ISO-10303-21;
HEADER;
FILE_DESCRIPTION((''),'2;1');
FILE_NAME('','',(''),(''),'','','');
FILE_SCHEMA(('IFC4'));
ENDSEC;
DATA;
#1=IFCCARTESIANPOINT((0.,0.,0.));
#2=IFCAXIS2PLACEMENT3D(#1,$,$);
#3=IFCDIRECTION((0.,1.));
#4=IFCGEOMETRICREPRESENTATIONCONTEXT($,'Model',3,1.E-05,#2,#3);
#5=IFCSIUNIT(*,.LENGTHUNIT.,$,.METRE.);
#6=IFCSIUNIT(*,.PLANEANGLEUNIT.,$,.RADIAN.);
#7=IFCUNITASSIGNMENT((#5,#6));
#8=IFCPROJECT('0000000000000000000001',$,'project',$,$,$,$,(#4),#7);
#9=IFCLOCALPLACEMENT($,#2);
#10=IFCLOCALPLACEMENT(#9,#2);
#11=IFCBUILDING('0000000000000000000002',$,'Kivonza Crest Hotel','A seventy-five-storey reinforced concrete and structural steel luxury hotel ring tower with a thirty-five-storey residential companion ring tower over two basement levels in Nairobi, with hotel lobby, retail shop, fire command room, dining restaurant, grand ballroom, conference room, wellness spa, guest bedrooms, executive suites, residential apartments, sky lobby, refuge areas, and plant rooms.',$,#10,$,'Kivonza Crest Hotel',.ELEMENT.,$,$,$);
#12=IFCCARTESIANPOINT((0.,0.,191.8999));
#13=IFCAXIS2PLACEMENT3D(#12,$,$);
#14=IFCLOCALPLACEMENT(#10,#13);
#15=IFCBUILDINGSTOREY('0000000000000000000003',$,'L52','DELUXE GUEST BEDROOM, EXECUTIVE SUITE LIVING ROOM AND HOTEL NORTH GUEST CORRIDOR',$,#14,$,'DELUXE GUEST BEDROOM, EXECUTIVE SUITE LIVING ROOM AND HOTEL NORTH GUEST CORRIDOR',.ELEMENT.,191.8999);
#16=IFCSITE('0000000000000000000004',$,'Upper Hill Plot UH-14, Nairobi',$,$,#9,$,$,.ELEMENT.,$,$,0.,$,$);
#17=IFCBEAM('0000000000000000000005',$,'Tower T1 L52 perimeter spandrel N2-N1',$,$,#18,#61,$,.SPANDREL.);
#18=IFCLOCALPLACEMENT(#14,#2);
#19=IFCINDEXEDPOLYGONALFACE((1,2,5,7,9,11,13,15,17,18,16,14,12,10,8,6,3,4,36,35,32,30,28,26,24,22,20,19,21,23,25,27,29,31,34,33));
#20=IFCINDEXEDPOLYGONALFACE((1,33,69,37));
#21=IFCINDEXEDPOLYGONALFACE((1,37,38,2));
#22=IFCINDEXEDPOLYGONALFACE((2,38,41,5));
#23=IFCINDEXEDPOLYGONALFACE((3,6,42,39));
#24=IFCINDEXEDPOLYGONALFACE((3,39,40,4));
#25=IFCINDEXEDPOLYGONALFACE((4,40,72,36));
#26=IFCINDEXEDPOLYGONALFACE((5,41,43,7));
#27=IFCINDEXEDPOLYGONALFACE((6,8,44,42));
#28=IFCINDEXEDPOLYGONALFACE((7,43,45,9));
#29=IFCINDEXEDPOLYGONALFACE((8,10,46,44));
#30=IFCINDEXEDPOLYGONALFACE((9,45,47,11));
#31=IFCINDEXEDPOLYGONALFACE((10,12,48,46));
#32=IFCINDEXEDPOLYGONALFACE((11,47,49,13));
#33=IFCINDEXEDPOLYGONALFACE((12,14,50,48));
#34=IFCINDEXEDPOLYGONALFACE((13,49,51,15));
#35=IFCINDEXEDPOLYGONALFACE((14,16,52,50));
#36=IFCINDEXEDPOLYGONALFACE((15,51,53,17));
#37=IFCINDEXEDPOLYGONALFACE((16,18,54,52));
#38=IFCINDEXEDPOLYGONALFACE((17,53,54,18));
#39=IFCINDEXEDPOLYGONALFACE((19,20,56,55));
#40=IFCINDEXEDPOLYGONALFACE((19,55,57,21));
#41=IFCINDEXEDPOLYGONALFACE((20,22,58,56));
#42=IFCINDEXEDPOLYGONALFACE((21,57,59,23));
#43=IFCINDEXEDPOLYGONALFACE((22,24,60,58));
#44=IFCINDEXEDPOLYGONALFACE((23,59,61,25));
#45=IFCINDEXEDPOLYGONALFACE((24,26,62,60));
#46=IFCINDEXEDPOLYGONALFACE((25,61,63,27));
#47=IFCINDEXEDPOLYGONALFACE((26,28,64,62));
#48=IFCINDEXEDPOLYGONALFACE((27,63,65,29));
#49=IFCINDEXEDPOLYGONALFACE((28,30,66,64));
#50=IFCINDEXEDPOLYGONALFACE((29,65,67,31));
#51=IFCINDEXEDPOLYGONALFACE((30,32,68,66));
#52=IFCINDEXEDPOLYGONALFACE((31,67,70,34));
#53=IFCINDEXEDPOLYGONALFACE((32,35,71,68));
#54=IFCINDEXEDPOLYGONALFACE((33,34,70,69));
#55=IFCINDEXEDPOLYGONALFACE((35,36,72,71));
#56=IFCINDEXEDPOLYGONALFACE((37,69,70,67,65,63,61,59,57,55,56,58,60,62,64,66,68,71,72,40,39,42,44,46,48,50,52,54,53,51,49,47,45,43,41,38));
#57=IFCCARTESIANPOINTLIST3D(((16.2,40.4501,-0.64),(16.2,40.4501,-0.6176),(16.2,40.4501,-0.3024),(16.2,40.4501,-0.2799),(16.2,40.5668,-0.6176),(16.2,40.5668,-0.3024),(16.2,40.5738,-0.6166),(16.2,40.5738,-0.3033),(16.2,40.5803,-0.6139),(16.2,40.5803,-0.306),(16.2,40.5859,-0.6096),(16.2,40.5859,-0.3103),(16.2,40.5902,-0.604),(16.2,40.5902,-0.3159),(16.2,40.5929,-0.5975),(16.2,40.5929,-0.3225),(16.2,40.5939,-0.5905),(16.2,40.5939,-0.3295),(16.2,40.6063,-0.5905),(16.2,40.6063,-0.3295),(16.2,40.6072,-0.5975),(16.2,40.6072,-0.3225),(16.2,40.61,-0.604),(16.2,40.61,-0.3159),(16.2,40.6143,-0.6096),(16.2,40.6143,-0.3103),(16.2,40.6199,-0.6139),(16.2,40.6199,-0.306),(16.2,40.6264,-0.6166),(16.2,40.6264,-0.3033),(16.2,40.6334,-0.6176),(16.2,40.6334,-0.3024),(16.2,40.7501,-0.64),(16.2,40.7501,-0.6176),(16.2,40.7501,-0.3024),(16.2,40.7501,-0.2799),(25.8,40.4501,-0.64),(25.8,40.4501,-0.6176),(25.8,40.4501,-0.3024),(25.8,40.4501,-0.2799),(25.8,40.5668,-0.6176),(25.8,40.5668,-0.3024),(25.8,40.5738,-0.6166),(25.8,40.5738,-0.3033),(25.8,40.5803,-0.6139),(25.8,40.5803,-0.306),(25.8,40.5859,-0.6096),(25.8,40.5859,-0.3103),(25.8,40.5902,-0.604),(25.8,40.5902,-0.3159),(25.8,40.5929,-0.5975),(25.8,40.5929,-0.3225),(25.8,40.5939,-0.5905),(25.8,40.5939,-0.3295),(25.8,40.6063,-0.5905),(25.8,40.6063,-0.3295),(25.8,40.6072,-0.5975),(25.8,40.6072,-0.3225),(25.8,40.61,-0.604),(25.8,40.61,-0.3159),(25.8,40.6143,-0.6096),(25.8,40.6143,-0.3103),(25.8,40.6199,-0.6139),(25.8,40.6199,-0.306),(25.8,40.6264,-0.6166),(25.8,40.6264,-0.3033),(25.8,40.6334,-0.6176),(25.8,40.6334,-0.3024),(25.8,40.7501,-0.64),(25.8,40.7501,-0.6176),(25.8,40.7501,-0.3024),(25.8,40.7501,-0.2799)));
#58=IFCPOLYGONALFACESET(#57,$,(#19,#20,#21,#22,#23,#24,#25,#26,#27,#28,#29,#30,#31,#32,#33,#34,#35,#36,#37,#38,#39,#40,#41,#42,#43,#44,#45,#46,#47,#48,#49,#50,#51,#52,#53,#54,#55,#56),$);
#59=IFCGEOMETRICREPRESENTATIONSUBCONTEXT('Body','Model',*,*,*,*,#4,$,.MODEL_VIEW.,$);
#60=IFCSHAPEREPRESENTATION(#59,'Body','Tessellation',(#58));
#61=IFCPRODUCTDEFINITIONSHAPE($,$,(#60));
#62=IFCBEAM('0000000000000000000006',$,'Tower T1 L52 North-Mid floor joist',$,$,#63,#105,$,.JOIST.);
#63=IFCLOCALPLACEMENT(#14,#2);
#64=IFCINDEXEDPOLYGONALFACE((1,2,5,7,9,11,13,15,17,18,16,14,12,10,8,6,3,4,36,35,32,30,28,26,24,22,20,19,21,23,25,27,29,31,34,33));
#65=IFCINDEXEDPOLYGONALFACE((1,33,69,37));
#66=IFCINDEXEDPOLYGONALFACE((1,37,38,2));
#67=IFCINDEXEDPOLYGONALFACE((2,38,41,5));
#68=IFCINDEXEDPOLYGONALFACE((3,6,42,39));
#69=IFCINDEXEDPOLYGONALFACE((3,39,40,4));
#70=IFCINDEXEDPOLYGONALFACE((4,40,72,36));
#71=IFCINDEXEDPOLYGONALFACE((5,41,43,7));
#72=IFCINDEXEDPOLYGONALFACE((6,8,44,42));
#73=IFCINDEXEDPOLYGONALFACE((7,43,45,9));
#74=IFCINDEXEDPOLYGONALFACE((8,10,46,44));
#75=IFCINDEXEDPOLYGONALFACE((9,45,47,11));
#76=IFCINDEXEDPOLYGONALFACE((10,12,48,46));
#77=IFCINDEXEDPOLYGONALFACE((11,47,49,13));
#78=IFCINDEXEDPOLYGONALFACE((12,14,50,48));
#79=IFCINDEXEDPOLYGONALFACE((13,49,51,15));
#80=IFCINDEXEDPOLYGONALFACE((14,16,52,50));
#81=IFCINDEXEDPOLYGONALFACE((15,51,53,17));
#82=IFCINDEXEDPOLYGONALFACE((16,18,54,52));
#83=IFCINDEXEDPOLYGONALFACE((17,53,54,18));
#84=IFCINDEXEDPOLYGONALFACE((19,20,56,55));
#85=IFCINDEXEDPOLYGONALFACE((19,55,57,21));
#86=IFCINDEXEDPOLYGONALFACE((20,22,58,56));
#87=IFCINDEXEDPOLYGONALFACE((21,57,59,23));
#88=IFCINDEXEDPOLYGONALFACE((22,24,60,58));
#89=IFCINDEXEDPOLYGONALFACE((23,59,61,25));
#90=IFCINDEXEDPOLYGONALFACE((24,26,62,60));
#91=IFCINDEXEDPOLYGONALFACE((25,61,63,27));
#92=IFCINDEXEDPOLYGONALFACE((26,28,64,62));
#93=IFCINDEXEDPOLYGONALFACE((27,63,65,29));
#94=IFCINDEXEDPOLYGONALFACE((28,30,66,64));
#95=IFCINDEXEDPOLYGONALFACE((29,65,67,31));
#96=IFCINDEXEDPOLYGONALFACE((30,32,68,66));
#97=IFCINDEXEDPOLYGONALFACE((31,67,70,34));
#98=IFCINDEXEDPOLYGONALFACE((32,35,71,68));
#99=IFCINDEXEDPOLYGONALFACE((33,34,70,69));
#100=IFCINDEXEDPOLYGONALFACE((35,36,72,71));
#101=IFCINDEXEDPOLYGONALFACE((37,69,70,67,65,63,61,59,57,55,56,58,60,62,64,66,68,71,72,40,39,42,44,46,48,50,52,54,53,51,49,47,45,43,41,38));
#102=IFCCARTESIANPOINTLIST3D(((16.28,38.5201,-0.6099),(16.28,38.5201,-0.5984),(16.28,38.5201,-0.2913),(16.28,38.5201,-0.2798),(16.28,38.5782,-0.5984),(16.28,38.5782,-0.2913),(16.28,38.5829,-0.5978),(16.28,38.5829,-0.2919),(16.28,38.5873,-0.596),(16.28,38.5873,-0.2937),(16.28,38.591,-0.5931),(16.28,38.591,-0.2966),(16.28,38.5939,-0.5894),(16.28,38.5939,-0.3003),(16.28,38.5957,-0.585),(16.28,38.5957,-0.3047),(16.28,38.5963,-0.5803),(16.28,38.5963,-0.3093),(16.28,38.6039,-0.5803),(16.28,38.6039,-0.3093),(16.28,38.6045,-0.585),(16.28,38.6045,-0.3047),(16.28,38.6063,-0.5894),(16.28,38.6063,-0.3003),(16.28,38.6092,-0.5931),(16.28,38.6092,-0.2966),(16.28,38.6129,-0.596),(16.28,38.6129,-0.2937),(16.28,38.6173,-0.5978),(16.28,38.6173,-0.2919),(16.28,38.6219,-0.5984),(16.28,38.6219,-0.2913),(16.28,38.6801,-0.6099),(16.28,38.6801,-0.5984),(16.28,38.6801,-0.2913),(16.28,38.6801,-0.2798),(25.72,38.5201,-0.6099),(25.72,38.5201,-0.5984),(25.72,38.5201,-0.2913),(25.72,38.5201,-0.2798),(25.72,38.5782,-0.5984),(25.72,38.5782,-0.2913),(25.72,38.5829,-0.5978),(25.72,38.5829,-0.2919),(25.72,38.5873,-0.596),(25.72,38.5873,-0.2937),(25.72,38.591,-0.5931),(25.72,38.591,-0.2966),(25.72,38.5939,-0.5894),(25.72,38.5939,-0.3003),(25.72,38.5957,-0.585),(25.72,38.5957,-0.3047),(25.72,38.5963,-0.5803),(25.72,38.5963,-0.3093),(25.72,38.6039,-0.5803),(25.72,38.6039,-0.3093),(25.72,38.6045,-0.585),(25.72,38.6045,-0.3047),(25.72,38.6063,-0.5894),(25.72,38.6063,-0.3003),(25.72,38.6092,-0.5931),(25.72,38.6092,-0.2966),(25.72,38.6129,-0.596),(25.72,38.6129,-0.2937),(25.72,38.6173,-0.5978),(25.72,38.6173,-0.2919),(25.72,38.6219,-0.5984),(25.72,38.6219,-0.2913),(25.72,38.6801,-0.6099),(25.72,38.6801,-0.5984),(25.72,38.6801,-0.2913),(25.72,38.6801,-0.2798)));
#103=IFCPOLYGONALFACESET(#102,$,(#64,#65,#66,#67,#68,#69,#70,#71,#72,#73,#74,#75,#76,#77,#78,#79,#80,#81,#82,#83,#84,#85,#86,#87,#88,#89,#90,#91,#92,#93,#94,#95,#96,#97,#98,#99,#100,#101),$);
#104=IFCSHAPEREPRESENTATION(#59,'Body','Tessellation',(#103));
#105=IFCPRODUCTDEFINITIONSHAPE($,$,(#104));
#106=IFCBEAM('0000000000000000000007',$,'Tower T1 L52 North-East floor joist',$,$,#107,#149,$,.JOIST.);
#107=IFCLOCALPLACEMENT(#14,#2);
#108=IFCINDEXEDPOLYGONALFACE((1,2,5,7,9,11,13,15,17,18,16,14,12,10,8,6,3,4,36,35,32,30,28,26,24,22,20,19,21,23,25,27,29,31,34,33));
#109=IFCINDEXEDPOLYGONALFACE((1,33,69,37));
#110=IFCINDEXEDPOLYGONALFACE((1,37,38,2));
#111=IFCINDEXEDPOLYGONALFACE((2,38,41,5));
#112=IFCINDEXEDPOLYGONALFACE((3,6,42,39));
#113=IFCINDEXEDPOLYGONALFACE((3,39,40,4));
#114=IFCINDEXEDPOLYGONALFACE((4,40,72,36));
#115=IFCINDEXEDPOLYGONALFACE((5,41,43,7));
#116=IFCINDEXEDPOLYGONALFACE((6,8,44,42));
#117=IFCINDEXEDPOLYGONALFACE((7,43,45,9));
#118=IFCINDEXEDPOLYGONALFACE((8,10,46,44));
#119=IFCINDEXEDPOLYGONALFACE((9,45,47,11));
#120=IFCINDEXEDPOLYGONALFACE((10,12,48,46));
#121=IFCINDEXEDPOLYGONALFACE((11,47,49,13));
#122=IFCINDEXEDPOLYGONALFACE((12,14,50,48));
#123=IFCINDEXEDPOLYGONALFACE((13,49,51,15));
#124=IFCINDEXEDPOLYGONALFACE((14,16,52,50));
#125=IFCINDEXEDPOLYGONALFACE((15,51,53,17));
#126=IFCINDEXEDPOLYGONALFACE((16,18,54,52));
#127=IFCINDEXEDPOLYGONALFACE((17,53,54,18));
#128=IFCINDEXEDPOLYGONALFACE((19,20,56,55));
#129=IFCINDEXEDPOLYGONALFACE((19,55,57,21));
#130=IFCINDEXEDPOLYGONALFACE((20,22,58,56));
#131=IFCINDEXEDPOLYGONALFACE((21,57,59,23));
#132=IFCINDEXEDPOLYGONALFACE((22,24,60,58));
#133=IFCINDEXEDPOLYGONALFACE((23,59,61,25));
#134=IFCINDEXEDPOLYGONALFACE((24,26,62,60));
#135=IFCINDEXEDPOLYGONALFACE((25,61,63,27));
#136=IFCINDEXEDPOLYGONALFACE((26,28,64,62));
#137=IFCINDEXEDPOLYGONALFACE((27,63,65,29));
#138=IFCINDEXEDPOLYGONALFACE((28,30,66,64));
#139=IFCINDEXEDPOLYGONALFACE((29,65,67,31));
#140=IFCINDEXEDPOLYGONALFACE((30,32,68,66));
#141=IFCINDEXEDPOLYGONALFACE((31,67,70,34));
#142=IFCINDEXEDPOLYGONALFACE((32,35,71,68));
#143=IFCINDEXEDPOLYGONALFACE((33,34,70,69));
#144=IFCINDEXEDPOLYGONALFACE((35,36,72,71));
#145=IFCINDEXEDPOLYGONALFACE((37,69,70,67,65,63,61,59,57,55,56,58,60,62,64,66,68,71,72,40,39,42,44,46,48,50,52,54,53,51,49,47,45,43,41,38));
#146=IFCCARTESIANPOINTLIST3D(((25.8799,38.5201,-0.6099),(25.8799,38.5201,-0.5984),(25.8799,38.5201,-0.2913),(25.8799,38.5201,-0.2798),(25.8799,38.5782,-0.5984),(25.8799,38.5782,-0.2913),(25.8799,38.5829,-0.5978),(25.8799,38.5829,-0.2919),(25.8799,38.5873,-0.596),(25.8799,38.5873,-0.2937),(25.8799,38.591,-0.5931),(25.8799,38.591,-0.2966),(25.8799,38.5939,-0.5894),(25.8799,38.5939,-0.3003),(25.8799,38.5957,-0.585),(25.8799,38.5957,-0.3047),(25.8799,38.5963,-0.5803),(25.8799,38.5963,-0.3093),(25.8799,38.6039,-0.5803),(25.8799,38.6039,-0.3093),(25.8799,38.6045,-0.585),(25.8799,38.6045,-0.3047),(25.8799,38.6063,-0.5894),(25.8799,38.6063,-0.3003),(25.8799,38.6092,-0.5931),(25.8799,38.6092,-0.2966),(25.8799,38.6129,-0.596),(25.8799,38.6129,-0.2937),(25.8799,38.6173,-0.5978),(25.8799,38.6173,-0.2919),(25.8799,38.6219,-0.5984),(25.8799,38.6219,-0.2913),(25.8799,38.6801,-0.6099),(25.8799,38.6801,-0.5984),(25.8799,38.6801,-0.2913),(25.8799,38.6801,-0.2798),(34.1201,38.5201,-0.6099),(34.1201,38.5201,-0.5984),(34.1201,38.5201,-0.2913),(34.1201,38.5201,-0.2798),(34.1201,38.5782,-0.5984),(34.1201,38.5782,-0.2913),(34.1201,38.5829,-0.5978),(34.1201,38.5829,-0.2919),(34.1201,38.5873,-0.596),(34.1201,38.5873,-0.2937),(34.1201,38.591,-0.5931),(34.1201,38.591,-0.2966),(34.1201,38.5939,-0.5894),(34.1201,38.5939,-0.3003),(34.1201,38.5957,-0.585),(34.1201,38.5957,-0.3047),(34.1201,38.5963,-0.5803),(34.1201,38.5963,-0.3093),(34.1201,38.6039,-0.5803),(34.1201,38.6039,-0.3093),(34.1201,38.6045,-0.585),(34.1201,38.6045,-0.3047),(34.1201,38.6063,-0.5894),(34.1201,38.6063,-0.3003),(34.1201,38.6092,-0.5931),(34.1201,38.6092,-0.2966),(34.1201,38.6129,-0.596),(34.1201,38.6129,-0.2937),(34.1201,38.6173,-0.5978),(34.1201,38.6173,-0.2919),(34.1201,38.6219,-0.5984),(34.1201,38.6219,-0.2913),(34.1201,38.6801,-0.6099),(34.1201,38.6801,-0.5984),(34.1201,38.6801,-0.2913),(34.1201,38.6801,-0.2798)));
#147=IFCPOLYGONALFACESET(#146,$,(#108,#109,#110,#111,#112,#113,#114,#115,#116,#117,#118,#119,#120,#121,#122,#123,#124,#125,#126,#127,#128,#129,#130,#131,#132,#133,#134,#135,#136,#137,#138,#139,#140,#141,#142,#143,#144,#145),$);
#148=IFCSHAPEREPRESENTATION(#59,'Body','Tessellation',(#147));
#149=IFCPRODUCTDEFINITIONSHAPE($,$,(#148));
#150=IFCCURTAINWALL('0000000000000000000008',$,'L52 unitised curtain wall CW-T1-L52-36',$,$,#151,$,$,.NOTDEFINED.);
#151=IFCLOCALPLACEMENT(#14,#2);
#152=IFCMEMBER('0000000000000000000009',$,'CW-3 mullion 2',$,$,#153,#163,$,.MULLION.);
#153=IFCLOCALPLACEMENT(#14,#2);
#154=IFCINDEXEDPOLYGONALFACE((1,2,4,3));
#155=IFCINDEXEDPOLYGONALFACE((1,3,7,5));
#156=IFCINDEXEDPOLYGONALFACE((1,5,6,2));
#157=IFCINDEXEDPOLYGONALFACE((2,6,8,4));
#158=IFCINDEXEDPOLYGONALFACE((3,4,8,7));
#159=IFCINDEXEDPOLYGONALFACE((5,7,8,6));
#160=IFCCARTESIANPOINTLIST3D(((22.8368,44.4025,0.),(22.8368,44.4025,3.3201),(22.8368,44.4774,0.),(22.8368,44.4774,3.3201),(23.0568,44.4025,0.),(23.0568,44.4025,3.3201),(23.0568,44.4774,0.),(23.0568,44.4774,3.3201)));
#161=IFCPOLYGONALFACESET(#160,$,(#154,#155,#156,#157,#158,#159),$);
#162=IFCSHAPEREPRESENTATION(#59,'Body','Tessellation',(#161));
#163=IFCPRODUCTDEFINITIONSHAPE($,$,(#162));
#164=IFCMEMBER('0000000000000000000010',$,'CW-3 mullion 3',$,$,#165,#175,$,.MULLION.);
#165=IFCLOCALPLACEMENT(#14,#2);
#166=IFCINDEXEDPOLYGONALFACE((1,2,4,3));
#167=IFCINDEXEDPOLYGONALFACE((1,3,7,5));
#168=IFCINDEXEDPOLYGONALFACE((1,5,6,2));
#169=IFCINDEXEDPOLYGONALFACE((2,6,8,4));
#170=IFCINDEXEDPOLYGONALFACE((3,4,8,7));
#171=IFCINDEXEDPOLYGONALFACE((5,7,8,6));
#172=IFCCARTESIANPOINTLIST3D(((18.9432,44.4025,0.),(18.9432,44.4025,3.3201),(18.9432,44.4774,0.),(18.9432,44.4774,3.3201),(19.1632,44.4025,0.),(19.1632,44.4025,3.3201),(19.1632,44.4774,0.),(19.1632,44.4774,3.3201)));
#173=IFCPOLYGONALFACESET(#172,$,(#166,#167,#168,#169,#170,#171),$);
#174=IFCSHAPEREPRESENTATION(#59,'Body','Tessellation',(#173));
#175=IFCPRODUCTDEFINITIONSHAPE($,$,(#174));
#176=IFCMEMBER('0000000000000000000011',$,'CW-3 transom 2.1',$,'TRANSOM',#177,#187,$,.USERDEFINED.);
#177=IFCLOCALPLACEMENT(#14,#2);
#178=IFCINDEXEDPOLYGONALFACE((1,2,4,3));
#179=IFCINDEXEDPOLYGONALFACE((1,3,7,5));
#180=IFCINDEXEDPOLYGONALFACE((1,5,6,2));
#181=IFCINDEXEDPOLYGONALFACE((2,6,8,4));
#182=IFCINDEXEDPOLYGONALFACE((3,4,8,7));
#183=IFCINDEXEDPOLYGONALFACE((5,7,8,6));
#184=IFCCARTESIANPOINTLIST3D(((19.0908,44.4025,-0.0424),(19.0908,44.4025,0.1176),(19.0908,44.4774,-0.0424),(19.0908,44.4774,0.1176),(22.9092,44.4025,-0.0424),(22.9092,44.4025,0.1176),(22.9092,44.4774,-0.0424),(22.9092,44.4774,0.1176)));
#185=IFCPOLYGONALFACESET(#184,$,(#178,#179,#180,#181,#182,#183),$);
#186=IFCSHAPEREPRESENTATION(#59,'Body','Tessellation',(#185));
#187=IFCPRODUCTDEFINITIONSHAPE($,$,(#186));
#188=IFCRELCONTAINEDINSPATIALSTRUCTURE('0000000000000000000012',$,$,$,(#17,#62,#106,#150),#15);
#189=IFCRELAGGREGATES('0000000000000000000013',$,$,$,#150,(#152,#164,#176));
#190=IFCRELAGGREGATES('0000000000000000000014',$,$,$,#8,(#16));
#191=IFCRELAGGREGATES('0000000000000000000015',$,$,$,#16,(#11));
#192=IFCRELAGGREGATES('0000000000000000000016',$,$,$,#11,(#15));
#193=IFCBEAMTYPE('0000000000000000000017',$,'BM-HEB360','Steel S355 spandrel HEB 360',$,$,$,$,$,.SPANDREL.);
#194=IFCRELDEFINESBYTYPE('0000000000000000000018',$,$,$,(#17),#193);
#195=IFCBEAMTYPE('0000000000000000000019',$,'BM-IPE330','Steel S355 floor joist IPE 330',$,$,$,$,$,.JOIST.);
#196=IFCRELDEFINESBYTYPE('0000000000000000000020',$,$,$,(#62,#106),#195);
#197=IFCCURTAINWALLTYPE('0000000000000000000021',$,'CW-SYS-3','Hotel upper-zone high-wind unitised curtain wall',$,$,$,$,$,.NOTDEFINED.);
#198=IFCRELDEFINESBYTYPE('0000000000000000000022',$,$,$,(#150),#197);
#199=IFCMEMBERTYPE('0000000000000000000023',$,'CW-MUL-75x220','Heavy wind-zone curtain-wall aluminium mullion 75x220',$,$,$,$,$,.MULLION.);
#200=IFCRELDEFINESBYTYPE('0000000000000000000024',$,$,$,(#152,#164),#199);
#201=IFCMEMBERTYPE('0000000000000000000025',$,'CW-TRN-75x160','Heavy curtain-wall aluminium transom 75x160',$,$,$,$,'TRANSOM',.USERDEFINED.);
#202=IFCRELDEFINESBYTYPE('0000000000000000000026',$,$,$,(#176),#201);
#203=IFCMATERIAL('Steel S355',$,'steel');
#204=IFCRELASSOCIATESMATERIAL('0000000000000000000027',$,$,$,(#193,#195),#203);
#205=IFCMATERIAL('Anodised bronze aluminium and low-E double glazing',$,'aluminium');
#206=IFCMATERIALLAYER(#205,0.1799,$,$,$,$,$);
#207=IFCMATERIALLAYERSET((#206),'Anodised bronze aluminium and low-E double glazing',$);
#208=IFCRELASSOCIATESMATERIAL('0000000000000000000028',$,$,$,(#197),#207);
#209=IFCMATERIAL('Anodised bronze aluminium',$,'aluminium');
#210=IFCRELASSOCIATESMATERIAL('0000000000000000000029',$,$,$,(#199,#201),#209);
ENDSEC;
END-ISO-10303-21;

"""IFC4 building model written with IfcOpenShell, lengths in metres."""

from ifc_helpers import new_model, si_unit, direction, frame, origin, origin_2d, place, context, subcontext, project, spatial, rectangle, i_section, extrude, material, layer, layer_set, material_profile, profile_set, type_object, element, aggregate, save


model = new_model("IFC4")

# Units and contexts
model_context = context("Model", 3, precision=1e-05, world=origin(), true_north=direction((0.0, 1.0)))
body_context = subcontext(model_context, "Body", "Model", "MODEL_VIEW")
ifc_project = project(units=[si_unit("LENGTHUNIT", "METRE"), si_unit("PLANEANGLEUNIT", "RADIAN")], contexts=[model_context])

# Site, building, storey
site_placement = place(None, origin())
site = spatial("IfcSite", under=ifc_project, at=site_placement, Name="Upper Hill Plot UH-14, Nairobi", CompositionType="ELEMENT", RefElevation=0.0)
building_placement = place(site_placement, origin())
building = spatial("IfcBuilding", under=site, at=building_placement, Name="Kivonza Crest Hotel", Description="A seventy-five-storey reinforced concrete and structural steel luxury hotel ring tower with a thirty-five-storey residential companion ring tower over two basement levels in Nairobi, with hotel lobby, retail shop, fire command room, dining restaurant, grand ballroom, conference room, wellness spa, guest bedrooms, executive suites, residential apartments, sky lobby, refuge areas, and plant rooms.", LongName="Kivonza Crest Hotel", CompositionType="ELEMENT")
storey_placement = place(building_placement, frame((0.0, 0.0, 191.8999)))
storey = spatial("IfcBuildingStorey", under=building, at=storey_placement, Name="L52", Description="DELUXE GUEST BEDROOM, EXECUTIVE SUITE LIVING ROOM AND HOTEL NORTH GUEST CORRIDOR", LongName="DELUXE GUEST BEDROOM, EXECUTIVE SUITE LIVING ROOM AND HOTEL NORTH GUEST CORRIDOR", CompositionType="ELEMENT", Elevation=191.8999)

# Beams
ifc_material_1 = material(Name="Steel S355", Category="steel")
ifc_material_profile_1 = material_profile(ifc_material_1, i_section(OverallWidth=0.3, OverallDepth=0.3601, WebThickness=0.0125, FlangeThickness=0.0225, FilletRadius=0.0271, at=origin_2d()), Name="HEB 360")
ifc_profile_set_1 = profile_set([ifc_material_profile_1], Name="Steel S355")
beam_type_1 = type_object("IfcBeamType", Name="BM-HEB360", Description="Steel S355 spandrel HEB 360", PredefinedType="SPANDREL", material=ifc_profile_set_1)
beam_1_placement = place(storey_placement, frame((25.8, 40.6001, -0.46), z_axis=(-1.0, 0.0, 0.0), x_axis=(0.0, -1.0, 0.0)))
element("IfcBeam", 1, at=beam_1_placement, inside=storey, type_object=beam_type_1, Name="Tower T1 L52 perimeter spandrel N2-N1", PredefinedType="SPANDREL", context=body_context, shape_type="SweptSolid", body=[
    extrude(i_section(OverallWidth=0.3, OverallDepth=0.3601, WebThickness=0.0125, FlangeThickness=0.0225, FilletRadius=0.0271, at=origin_2d()), origin(), (0.0, 0.0, 1.0), 9.6001),
])
ifc_material_profile_2 = material_profile(ifc_material_1, i_section(OverallWidth=0.1599, OverallDepth=0.3301, WebThickness=0.0076, FlangeThickness=0.0115, FilletRadius=0.0181, at=origin_2d()), Name="IPE 330")
ifc_profile_set_2 = profile_set([ifc_material_profile_2], Name="Steel S355")
beam_type_2 = type_object("IfcBeamType", Name="BM-IPE330", Description="Steel S355 floor joist IPE 330", PredefinedType="JOIST", material=ifc_profile_set_2)
beam_2_placement = place(storey_placement, frame((16.28, 38.6001, -0.4448), z_axis=(1.0, 0.0, 0.0), x_axis=(0.0, 1.0, 0.0)))
element("IfcBeam", 2, at=beam_2_placement, inside=storey, type_object=beam_type_2, Name="Tower T1 L52 North-Mid floor joist", PredefinedType="JOIST", context=body_context, shape_type="SweptSolid", body=[
    extrude(i_section(OverallWidth=0.1599, OverallDepth=0.3301, WebThickness=0.0076, FlangeThickness=0.0115, FilletRadius=0.0181, at=origin_2d()), origin(), (0.0, 0.0, 1.0), 9.4399),
])
beam_3_placement = place(storey_placement, frame((25.8799, 38.6001, -0.4448), z_axis=(1.0, 0.0, 0.0), x_axis=(0.0, 1.0, 0.0)))
element("IfcBeam", 3, at=beam_3_placement, inside=storey, type_object=beam_type_2, Name="Tower T1 L52 North-East floor joist", PredefinedType="JOIST", context=body_context, shape_type="SweptSolid", body=[
    extrude(i_section(OverallWidth=0.1599, OverallDepth=0.3301, WebThickness=0.0076, FlangeThickness=0.0115, FilletRadius=0.0181, at=origin_2d()), origin(), (0.0, 0.0, 1.0), 8.2402),
])

# Curtain wall, members
ifc_material_2 = material(Name="Anodised bronze aluminium and low-E double glazing", Category="aluminium")
ifc_layer_1 = layer(ifc_material_2, 0.1799)
ifc_layer_set_1 = layer_set([ifc_layer_1], Name="Anodised bronze aluminium and low-E double glazing")
curtain_wall_type = type_object("IfcCurtainWallType", Name="CW-SYS-3", Description="Hotel upper-zone high-wind unitised curtain wall", PredefinedType="NOTDEFINED", material=ifc_layer_set_1)
curtain_wall_placement = place(storey_placement, origin())
curtain_wall = element("IfcCurtainWall", 4, at=curtain_wall_placement, inside=storey, type_object=curtain_wall_type, Name="L52 unitised curtain wall CW-T1-L52-36", PredefinedType="NOTDEFINED")
ifc_material_3 = material(Name="Anodised bronze aluminium", Category="aluminium")
ifc_material_profile_3 = material_profile(ifc_material_3, rectangle(XDim=0.075, YDim=0.22, at=origin_2d()), Name="CW-M 75x220")
ifc_profile_set_3 = profile_set([ifc_material_profile_3], Name="Anodised bronze aluminium")
member_type_1 = type_object("IfcMemberType", Name="CW-MUL-75x220", Description="Heavy wind-zone curtain-wall aluminium mullion 75x220", PredefinedType="MULLION", material=ifc_profile_set_3)
member_1_placement = place(storey_placement, frame((22.9468, 44.4399, 0.0), z_axis=(0.0, 0.0, 1.0), x_axis=(0.0, -1.0, 0.0)))
member_1 = element("IfcMember", 5, at=member_1_placement, type_object=member_type_1, Name="CW-3 mullion 2", PredefinedType="MULLION", context=body_context, shape_type="SweptSolid", body=[
    extrude(rectangle(XDim=0.075, YDim=0.22, at=origin_2d()), origin(), (0.0, 0.0, 1.0), 3.3201),
])
member_2_placement = place(storey_placement, frame((19.0532, 44.4399, 0.0), z_axis=(0.0, 0.0, 1.0), x_axis=(0.0, -1.0, 0.0)))
member_2 = element("IfcMember", 6, at=member_2_placement, type_object=member_type_1, Name="CW-3 mullion 3", PredefinedType="MULLION", context=body_context, shape_type="SweptSolid", body=[
    extrude(rectangle(XDim=0.075, YDim=0.22, at=origin_2d()), origin(), (0.0, 0.0, 1.0), 3.3201),
])
ifc_material_profile_4 = material_profile(ifc_material_3, rectangle(XDim=0.075, YDim=0.1599, at=origin_2d()), Name="CW-T 75x160")
ifc_profile_set_4 = profile_set([ifc_material_profile_4], Name="Anodised bronze aluminium")
member_type_2 = type_object("IfcMemberType", Name="CW-TRN-75x160", Description="Heavy curtain-wall aluminium transom 75x160", ElementType="TRANSOM", PredefinedType="USERDEFINED", material=ifc_profile_set_4)
member_3_placement = place(storey_placement, frame((22.9092, 44.4399, 0.0376), z_axis=(-1.0, 0.0, 0.0), x_axis=(0.0, -1.0, 0.0)))
member_3 = element("IfcMember", 7, at=member_3_placement, type_object=member_type_2, Name="CW-3 transom 2.1", ObjectType="TRANSOM", PredefinedType="USERDEFINED", context=body_context, shape_type="SweptSolid", body=[
    extrude(rectangle(XDim=0.075, YDim=0.1599, at=origin_2d()), origin(), (0.0, 0.0, 1.0), 3.8184),
])
aggregate(curtain_wall, [member_1, member_2, member_3])

save(model, "model.ifc")
